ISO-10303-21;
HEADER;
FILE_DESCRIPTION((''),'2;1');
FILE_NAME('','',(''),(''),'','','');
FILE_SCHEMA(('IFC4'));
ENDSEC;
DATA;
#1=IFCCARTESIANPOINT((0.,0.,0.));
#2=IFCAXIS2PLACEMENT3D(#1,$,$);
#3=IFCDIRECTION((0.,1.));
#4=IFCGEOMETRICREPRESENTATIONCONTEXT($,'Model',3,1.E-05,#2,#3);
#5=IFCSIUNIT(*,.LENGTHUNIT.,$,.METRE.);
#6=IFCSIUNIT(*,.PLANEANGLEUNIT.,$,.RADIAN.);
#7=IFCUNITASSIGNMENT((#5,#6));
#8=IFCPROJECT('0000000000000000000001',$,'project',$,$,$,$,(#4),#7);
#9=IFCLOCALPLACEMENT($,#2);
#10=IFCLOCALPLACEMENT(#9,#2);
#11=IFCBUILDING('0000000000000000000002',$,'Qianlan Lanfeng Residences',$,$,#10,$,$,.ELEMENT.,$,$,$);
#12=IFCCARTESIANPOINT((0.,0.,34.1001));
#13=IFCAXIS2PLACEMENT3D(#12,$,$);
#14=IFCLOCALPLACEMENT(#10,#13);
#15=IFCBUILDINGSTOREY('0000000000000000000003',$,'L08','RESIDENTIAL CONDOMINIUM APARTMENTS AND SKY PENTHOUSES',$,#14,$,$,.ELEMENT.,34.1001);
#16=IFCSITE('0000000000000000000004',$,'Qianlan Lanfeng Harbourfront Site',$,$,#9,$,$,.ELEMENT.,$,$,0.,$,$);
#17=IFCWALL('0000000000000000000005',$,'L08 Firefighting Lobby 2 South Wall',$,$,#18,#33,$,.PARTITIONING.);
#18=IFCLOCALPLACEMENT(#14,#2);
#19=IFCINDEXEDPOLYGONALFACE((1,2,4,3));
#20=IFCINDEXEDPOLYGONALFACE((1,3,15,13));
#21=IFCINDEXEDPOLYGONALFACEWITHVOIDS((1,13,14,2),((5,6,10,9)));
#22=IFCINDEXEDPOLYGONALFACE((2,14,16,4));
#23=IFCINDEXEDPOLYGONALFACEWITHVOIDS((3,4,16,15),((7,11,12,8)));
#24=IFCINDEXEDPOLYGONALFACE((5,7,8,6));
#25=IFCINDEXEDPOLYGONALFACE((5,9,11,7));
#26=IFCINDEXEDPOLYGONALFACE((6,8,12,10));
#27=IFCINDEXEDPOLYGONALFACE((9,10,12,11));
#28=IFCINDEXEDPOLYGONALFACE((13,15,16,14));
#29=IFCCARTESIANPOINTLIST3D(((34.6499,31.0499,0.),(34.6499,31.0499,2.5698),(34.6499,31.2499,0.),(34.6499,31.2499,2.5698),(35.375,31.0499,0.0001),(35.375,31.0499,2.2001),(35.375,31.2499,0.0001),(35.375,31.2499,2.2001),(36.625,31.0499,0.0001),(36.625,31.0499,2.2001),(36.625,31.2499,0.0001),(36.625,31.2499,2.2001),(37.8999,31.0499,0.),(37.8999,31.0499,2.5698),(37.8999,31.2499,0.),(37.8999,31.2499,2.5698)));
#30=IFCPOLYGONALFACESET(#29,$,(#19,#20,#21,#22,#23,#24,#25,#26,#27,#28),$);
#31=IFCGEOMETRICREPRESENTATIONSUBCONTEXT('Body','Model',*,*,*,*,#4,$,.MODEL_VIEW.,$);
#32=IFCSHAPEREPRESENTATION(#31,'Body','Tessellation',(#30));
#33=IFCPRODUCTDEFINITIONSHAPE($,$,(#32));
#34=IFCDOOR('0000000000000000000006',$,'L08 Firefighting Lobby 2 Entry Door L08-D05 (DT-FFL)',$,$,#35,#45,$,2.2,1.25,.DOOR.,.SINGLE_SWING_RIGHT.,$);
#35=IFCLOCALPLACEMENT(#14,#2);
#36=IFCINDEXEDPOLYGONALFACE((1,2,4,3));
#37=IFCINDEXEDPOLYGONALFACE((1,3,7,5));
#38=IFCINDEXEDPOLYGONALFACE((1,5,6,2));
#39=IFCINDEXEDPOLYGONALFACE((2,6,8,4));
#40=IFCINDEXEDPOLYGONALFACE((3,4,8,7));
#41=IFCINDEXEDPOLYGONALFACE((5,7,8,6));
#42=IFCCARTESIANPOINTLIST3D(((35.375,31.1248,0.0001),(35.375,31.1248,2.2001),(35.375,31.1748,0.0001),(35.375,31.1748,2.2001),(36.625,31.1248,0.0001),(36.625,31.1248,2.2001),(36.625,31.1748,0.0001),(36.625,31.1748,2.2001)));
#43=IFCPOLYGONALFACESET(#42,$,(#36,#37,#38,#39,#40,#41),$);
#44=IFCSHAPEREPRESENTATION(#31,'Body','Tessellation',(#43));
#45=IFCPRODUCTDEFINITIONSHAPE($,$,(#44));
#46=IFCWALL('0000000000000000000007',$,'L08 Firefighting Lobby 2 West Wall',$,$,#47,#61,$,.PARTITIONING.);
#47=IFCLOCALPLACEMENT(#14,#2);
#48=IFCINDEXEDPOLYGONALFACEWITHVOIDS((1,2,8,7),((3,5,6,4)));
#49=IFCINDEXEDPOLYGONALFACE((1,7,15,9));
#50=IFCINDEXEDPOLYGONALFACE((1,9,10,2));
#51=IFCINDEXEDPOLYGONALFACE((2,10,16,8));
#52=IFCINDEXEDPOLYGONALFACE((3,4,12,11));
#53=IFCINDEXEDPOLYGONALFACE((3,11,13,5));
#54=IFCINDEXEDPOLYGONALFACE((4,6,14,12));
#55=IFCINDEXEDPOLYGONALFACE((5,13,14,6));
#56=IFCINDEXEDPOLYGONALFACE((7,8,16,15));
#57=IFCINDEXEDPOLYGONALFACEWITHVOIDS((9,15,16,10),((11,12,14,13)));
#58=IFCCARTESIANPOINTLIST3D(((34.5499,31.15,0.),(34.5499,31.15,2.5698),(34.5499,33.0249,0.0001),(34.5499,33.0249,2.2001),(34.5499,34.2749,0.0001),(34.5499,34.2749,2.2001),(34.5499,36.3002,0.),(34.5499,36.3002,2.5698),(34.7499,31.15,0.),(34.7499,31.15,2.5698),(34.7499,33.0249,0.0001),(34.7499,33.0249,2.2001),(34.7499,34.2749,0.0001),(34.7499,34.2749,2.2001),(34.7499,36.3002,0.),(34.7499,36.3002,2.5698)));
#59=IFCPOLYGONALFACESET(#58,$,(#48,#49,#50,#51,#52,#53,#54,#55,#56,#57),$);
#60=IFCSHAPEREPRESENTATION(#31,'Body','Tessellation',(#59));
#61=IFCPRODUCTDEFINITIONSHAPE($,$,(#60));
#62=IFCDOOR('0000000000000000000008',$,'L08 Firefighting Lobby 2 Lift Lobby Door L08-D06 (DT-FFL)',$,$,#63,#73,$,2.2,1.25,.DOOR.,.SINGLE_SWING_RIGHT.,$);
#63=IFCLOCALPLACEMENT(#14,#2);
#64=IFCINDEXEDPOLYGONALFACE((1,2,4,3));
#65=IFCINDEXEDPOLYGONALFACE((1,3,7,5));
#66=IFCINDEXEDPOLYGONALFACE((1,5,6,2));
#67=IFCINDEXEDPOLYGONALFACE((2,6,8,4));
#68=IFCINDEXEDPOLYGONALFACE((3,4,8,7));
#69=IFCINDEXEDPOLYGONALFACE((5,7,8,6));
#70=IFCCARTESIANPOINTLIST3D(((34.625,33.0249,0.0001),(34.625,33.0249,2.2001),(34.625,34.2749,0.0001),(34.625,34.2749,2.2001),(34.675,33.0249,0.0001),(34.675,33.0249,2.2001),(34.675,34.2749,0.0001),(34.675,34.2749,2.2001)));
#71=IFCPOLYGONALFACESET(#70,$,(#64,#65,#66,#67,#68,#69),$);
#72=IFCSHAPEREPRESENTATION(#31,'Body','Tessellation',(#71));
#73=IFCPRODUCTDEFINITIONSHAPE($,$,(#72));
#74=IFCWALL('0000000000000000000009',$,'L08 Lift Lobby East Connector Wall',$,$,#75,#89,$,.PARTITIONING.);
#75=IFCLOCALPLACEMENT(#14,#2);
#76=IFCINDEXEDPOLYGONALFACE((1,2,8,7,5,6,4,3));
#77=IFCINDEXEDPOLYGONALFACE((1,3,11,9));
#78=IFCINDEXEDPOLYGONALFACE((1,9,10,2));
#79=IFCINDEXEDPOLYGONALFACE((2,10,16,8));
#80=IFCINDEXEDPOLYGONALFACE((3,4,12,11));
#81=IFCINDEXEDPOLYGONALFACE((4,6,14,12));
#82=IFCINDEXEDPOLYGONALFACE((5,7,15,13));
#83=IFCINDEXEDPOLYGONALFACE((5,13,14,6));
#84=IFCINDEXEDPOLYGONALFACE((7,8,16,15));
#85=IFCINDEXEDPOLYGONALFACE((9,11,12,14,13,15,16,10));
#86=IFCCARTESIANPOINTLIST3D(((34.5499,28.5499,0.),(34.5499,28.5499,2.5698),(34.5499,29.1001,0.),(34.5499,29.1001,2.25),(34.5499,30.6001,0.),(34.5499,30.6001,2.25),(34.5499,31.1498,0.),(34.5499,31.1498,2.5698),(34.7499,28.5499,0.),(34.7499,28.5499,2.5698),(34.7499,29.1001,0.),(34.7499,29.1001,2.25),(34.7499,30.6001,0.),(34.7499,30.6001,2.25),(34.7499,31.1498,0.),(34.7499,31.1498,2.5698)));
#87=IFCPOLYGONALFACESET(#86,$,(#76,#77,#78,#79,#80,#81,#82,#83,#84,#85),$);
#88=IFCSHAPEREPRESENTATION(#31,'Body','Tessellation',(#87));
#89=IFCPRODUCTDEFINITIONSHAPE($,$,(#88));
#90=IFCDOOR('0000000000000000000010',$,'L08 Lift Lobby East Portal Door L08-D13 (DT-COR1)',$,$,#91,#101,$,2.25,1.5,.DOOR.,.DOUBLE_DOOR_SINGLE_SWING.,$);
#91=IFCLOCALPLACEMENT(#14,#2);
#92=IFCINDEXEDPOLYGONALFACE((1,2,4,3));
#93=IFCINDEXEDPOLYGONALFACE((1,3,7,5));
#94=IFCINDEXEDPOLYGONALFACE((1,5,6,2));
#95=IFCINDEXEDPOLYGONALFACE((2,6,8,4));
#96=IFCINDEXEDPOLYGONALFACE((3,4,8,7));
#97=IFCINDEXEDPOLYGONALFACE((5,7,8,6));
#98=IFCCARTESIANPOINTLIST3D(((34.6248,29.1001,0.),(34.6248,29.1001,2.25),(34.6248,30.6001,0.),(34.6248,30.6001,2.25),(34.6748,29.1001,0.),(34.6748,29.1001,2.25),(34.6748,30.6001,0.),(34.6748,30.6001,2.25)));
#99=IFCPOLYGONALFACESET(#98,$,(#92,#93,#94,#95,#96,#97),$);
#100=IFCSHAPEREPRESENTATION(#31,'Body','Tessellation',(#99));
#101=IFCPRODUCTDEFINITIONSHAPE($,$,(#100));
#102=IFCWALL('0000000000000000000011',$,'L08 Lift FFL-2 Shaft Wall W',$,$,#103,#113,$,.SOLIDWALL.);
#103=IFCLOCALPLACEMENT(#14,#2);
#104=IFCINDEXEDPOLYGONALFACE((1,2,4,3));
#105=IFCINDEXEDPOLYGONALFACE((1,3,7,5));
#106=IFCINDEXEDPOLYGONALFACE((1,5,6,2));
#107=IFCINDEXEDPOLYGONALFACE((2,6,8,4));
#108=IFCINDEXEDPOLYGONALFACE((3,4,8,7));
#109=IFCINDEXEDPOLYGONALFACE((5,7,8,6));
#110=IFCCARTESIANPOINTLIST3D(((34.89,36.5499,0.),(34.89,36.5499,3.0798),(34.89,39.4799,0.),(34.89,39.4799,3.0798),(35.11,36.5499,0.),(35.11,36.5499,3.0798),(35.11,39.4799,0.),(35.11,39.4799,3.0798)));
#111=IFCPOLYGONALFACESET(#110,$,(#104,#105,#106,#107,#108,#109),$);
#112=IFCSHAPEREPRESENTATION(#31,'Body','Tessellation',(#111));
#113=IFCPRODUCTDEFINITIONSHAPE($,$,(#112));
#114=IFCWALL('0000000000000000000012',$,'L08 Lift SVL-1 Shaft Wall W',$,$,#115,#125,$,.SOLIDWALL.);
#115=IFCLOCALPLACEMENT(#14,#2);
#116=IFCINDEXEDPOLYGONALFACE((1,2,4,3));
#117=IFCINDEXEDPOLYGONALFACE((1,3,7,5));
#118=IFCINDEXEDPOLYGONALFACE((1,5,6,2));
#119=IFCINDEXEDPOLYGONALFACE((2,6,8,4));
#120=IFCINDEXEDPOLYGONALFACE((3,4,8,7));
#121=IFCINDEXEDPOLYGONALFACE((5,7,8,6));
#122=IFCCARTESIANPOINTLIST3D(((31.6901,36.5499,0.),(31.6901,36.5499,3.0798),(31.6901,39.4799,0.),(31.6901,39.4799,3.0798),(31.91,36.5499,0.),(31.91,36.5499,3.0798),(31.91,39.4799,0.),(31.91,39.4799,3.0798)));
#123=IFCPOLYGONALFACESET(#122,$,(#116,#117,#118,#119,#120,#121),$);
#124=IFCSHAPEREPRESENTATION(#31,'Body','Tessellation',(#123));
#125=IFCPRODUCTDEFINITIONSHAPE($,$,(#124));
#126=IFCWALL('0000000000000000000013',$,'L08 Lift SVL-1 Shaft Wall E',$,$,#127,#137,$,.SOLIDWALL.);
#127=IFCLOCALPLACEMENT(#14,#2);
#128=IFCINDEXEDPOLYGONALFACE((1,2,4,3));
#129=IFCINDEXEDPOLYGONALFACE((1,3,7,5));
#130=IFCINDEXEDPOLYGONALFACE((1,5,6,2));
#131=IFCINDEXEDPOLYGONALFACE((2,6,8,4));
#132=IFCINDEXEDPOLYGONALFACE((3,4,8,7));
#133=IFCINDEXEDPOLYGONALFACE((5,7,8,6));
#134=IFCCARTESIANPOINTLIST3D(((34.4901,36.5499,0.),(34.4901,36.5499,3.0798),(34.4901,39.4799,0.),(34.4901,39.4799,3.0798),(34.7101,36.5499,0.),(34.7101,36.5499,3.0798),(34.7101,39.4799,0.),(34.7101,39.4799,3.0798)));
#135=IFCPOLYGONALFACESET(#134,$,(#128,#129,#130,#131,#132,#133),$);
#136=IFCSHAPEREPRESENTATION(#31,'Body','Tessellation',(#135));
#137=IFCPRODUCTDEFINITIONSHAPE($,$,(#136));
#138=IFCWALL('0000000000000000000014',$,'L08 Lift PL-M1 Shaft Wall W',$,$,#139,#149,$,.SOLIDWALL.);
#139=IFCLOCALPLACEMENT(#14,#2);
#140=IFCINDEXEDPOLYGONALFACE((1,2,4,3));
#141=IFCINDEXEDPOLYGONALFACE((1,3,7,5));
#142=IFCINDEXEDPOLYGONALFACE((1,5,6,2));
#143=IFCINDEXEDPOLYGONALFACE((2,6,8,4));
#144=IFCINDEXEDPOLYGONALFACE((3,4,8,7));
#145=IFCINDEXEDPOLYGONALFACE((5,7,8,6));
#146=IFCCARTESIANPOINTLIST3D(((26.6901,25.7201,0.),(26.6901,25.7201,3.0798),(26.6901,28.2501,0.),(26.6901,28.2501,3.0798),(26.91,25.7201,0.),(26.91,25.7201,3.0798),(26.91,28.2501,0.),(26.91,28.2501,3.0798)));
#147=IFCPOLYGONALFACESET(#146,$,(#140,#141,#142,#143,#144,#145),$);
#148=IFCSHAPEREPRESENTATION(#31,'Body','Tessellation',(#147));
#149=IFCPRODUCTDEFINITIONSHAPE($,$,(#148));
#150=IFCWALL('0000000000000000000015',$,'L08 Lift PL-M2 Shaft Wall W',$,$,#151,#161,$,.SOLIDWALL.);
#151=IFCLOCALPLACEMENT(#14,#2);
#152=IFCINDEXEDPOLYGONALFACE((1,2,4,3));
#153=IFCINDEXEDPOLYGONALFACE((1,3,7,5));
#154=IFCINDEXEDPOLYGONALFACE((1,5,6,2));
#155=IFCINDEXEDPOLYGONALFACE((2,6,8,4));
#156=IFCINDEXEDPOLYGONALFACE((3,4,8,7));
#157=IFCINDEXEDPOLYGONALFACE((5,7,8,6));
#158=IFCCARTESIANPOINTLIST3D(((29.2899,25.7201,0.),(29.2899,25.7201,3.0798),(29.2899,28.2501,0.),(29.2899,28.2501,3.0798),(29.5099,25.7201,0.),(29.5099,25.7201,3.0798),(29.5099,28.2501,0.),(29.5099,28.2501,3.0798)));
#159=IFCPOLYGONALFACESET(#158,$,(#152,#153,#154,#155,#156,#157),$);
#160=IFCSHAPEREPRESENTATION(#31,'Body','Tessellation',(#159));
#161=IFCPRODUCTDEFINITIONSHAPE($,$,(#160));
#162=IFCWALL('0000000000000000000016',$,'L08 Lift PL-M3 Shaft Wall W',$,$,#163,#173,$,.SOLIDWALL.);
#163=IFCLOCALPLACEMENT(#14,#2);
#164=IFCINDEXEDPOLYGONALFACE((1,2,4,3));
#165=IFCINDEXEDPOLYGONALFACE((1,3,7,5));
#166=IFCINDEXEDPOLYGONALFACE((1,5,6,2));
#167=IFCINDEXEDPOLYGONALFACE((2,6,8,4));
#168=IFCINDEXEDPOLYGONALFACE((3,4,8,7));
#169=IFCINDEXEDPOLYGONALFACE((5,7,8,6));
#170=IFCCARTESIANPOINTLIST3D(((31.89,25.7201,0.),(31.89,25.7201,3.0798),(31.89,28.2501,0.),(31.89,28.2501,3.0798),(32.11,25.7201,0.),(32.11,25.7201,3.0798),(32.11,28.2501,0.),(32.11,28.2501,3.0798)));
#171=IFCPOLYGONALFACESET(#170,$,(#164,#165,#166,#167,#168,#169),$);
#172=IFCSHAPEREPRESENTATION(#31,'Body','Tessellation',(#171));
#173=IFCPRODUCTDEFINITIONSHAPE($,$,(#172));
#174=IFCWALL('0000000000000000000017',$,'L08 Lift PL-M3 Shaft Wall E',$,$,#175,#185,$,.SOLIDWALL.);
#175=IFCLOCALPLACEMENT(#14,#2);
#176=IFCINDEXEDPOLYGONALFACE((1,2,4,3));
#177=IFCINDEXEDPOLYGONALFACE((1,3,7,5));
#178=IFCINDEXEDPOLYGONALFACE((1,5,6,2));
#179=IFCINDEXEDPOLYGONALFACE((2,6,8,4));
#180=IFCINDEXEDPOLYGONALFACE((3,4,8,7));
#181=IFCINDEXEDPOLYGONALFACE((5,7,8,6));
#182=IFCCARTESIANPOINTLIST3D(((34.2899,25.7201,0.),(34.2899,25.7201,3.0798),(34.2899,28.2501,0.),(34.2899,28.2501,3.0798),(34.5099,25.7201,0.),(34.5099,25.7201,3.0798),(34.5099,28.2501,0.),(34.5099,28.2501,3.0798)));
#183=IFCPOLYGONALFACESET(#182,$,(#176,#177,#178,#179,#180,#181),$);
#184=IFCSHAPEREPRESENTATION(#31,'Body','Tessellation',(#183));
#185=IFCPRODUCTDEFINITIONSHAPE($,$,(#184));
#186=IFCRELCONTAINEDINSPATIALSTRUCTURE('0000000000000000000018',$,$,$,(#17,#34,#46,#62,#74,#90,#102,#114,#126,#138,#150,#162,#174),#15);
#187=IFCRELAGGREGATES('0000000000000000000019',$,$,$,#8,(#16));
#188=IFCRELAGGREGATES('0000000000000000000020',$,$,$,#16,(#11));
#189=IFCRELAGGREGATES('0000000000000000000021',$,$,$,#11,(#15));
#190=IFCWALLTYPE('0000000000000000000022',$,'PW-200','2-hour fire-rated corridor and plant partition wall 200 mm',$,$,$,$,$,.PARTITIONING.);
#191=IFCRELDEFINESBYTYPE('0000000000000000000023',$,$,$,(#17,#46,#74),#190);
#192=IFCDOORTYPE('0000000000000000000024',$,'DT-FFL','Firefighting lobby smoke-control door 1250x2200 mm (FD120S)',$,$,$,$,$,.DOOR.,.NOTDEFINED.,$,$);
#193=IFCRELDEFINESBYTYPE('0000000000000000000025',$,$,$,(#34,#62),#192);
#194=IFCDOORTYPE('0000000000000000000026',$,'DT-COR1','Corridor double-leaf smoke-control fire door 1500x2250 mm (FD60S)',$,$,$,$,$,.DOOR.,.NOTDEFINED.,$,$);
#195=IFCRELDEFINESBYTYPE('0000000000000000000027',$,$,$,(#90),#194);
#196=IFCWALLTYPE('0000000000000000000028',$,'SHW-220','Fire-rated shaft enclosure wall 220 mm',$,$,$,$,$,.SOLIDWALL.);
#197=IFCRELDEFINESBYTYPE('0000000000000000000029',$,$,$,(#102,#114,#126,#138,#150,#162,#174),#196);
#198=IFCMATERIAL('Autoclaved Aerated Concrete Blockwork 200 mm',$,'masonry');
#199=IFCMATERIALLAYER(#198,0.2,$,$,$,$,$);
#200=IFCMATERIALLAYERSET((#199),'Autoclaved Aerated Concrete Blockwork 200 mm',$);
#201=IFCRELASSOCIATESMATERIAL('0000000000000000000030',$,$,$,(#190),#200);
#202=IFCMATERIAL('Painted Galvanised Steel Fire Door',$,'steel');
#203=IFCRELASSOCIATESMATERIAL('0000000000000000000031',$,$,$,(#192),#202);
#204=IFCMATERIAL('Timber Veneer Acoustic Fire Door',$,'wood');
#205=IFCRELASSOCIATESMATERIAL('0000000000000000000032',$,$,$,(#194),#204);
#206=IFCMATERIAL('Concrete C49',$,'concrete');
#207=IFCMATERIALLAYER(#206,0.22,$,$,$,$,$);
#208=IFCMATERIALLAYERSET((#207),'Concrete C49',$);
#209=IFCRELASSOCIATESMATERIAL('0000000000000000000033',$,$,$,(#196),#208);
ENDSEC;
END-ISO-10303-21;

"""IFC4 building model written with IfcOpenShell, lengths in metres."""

from ifc_helpers import new_model, si_unit, direction, frame, frame_2d, origin, place, context, subcontext, project, spatial, rectangle, extrude, material, layer, layer_set, type_object, element, fill, save


model = new_model("IFC4")

# Units and contexts
model_context = context("Model", 3, precision=1e-05, world=origin(), true_north=direction((0.0, 1.0)))
body_context = subcontext(model_context, "Body", "Model", "MODEL_VIEW")
ifc_project = project(units=[si_unit("LENGTHUNIT", "METRE"), si_unit("PLANEANGLEUNIT", "RADIAN")], contexts=[model_context])

# Site, building, storey
site_placement = place(None, origin())
site = spatial("IfcSite", under=ifc_project, at=site_placement, Name="Qianlan Lanfeng Harbourfront Site", CompositionType="ELEMENT", RefElevation=0.0)
building_placement = place(site_placement, origin())
building = spatial("IfcBuilding", under=site, at=building_placement, Name="Qianlan Lanfeng Residences", CompositionType="ELEMENT")
storey_placement = place(building_placement, frame((0.0, 0.0, 34.1001)))
storey = spatial("IfcBuildingStorey", under=building, at=storey_placement, Name="L08", Description="RESIDENTIAL CONDOMINIUM APARTMENTS AND SKY PENTHOUSES", CompositionType="ELEMENT", Elevation=34.1001)

# Walls, openings, doors
ifc_material_1 = material(Name="Autoclaved Aerated Concrete Blockwork 200 mm", Category="masonry")
ifc_layer_1 = layer(ifc_material_1, 0.2)
ifc_layer_set_1 = layer_set([ifc_layer_1], Name="Autoclaved Aerated Concrete Blockwork 200 mm")
wall_type_1 = type_object("IfcWallType", Name="PW-200", Description="2-hour fire-rated corridor and plant partition wall 200 mm", PredefinedType="PARTITIONING", material=ifc_layer_set_1)
wall_1_placement = place(storey_placement, frame((34.6499, 31.1499, 0.0), z_axis=(0.0, 0.0, 1.0), x_axis=(1.0, 0.0, 0.0)))
wall_1 = element("IfcWall", 1, at=wall_1_placement, inside=storey, type_object=wall_type_1, Name="L08 Firefighting Lobby 2 South Wall", PredefinedType="PARTITIONING", context=body_context, shape_type="SweptSolid", body=[
    extrude(rectangle(XDim=3.25, YDim=0.2, at=frame_2d((1.625, 0.0))), origin(), (0.0, 0.0, 1.0), 2.5698),
])
opening_1_placement = place(wall_1_placement, frame((0.7251, 0.0, 0.0)))
opening_1 = element("IfcOpeningElement", 2, at=opening_1_placement, cuts=wall_1, PredefinedType="OPENING", context=body_context, shape_type="SweptSolid", body=[
    extrude(rectangle(XDim=1.25, YDim=2.2, at=frame_2d((0.625, 1.1001))), frame((0.0, 0.1099, 0.0), z_axis=(0.0, -1.0, 0.0), x_axis=(1.0, 0.0, 0.0)), (0.0, 0.0, 1.0), 0.22),
])
ifc_material_2 = material(Name="Painted Galvanised Steel Fire Door", Category="steel")
door_type_1 = type_object("IfcDoorType", Name="DT-FFL", Description="Firefighting lobby smoke-control door 1250x2200 mm (FD120S)", OperationType="NOTDEFINED", PredefinedType="DOOR", material=ifc_material_2)
door_1_placement = place(opening_1_placement, origin())
door_1 = element("IfcDoor", 3, at=door_1_placement, inside=storey, type_object=door_type_1, Name="L08 Firefighting Lobby 2 Entry Door L08-D05 (DT-FFL)", OperationType="SINGLE_SWING_RIGHT", OverallHeight=2.2, OverallWidth=1.25, PredefinedType="DOOR", context=body_context, shape_type="SweptSolid", body=[
    extrude(rectangle(XDim=1.25, YDim=2.2, at=frame_2d((0.625, 1.1001))), frame((0.0, 0.0249, 0.0), z_axis=(0.0, -1.0, 0.0), x_axis=(1.0, 0.0, 0.0)), (0.0, 0.0, 1.0), 0.05),
])
fill(opening_1, door_1)
wall_2_placement = place(storey_placement, frame((34.6499, 31.1499, 0.0), z_axis=(0.0, 0.0, 1.0), x_axis=(0.0, 1.0, 0.0)))
wall_2 = element("IfcWall", 4, at=wall_2_placement, inside=storey, type_object=wall_type_1, Name="L08 Firefighting Lobby 2 West Wall", PredefinedType="PARTITIONING", context=body_context, shape_type="SweptSolid", body=[
    extrude(rectangle(XDim=5.1501, YDim=0.2, at=frame_2d((2.5752, 0.0))), origin(), (0.0, 0.0, 1.0), 2.5698),
])
opening_2_placement = place(wall_2_placement, frame((1.875, 0.0, 0.0)))
opening_2 = element("IfcOpeningElement", 5, at=opening_2_placement, cuts=wall_2, PredefinedType="OPENING", context=body_context, shape_type="SweptSolid", body=[
    extrude(rectangle(XDim=1.25, YDim=2.2, at=frame_2d((0.625, 1.1001))), frame((0.0, 0.1099, 0.0), z_axis=(0.0, -1.0, 0.0), x_axis=(1.0, 0.0, 0.0)), (0.0, 0.0, 1.0), 0.22),
])
door_2_placement = place(opening_2_placement, origin())
door_2 = element("IfcDoor", 6, at=door_2_placement, inside=storey, type_object=door_type_1, Name="L08 Firefighting Lobby 2 Lift Lobby Door L08-D06 (DT-FFL)", OperationType="SINGLE_SWING_RIGHT", OverallHeight=2.2, OverallWidth=1.25, PredefinedType="DOOR", context=body_context, shape_type="SweptSolid", body=[
    extrude(rectangle(XDim=1.25, YDim=2.2, at=frame_2d((0.625, 1.1001))), frame((0.0, 0.0249, 0.0), z_axis=(0.0, -1.0, 0.0), x_axis=(1.0, 0.0, 0.0)), (0.0, 0.0, 1.0), 0.05),
])
fill(opening_2, door_2)
wall_3_placement = place(storey_placement, frame((34.6499, 28.55, 0.0), z_axis=(0.0, 0.0, 1.0), x_axis=(0.0, 1.0, 0.0)))
wall_3 = element("IfcWall", 7, at=wall_3_placement, inside=storey, type_object=wall_type_1, Name="L08 Lift Lobby East Connector Wall", PredefinedType="PARTITIONING", context=body_context, shape_type="SweptSolid", body=[
    extrude(rectangle(XDim=2.5999, YDim=0.2, at=frame_2d((1.2998, 0.0))), origin(), (0.0, 0.0, 1.0), 2.5698),
])
opening_3_placement = place(wall_3_placement, frame((0.55, 0.0, 0.0)))
opening_3 = element("IfcOpeningElement", 8, at=opening_3_placement, cuts=wall_3, PredefinedType="OPENING", context=body_context, shape_type="SweptSolid", body=[
    extrude(rectangle(XDim=1.5, YDim=2.25, at=frame_2d((0.75, 1.125))), frame((0.0, 0.1099, 0.0), z_axis=(0.0, -1.0, 0.0), x_axis=(1.0, 0.0, 0.0)), (0.0, 0.0, 1.0), 0.22),
])
ifc_material_3 = material(Name="Timber Veneer Acoustic Fire Door", Category="wood")
door_type_2 = type_object("IfcDoorType", Name="DT-COR1", Description="Corridor double-leaf smoke-control fire door 1500x2250 mm (FD60S)", OperationType="NOTDEFINED", PredefinedType="DOOR", material=ifc_material_3)
door_3_placement = place(opening_3_placement, frame((1.5, 0.0, 0.0), z_axis=(0.0, 0.0, 1.0), x_axis=(-1.0, 0.0, 0.0)))
door_3 = element("IfcDoor", 9, at=door_3_placement, inside=storey, type_object=door_type_2, Name="L08 Lift Lobby East Portal Door L08-D13 (DT-COR1)", OperationType="DOUBLE_DOOR_SINGLE_SWING", OverallHeight=2.25, OverallWidth=1.5, PredefinedType="DOOR", context=body_context, shape_type="SweptSolid", body=[
    extrude(rectangle(XDim=1.5, YDim=2.25, at=frame_2d((0.75, 1.125))), frame((0.0, 0.0249, 0.0), z_axis=(0.0, -1.0, 0.0), x_axis=(1.0, 0.0, 0.0)), (0.0, 0.0, 1.0), 0.05),
])
fill(opening_3, door_3)

# Walls
ifc_material_4 = material(Name="Concrete C49", Category="concrete")
ifc_layer_2 = layer(ifc_material_4, 0.22)
ifc_layer_set_2 = layer_set([ifc_layer_2], Name="Concrete C49")
wall_type_2 = type_object("IfcWallType", Name="SHW-220", Description="Fire-rated shaft enclosure wall 220 mm", PredefinedType="SOLIDWALL", material=ifc_layer_set_2)
for number, where, z_axis, x_axis, name in (
    (10, (35.0, 36.55, 0.0), (0.0, 0.0, 1.0), (0.0, 1.0, 0.0), "L08 Lift FFL-2 Shaft Wall W"),
    (11, (31.8, 36.55, 0.0), (0.0, 0.0, 1.0), (0.0, 1.0, 0.0), "L08 Lift SVL-1 Shaft Wall W"),
    (12, (34.6001, 36.55, 0.0), (0.0, 0.0, 1.0), (0.0, 1.0, 0.0), "L08 Lift SVL-1 Shaft Wall E"),
):
    element("IfcWall", number, at=place(storey_placement, frame(where, z_axis=z_axis, x_axis=x_axis)), inside=storey, type_object=wall_type_2, Name=name, PredefinedType="SOLIDWALL", context=body_context, shape_type="SweptSolid", body=[
        extrude(rectangle(XDim=2.9299, YDim=0.22, at=frame_2d((1.4648, 0.0))), origin(), (0.0, 0.0, 1.0), 3.0798),
    ])
for number, where, z_axis, x_axis, name in (
    (13, (26.8, 25.72, 0.0), (0.0, 0.0, 1.0), (0.0, 1.0, 0.0), "L08 Lift PL-M1 Shaft Wall W"),
    (14, (29.3999, 25.72, 0.0), (0.0, 0.0, 1.0), (0.0, 1.0, 0.0), "L08 Lift PL-M2 Shaft Wall W"),
    (15, (32.0, 25.72, 0.0), (0.0, 0.0, 1.0), (0.0, 1.0, 0.0), "L08 Lift PL-M3 Shaft Wall W"),
    (16, (34.3999, 25.72, 0.0), (0.0, 0.0, 1.0), (0.0, 1.0, 0.0), "L08 Lift PL-M3 Shaft Wall E"),
):
    element("IfcWall", number, at=place(storey_placement, frame(where, z_axis=z_axis, x_axis=x_axis)), inside=storey, type_object=wall_type_2, Name=name, PredefinedType="SOLIDWALL", context=body_context, shape_type="SweptSolid", body=[
        extrude(rectangle(XDim=2.53, YDim=0.22, at=frame_2d((1.2651, 0.0))), origin(), (0.0, 0.0, 1.0), 3.0798),
    ])

save(model, "model.ifc")
